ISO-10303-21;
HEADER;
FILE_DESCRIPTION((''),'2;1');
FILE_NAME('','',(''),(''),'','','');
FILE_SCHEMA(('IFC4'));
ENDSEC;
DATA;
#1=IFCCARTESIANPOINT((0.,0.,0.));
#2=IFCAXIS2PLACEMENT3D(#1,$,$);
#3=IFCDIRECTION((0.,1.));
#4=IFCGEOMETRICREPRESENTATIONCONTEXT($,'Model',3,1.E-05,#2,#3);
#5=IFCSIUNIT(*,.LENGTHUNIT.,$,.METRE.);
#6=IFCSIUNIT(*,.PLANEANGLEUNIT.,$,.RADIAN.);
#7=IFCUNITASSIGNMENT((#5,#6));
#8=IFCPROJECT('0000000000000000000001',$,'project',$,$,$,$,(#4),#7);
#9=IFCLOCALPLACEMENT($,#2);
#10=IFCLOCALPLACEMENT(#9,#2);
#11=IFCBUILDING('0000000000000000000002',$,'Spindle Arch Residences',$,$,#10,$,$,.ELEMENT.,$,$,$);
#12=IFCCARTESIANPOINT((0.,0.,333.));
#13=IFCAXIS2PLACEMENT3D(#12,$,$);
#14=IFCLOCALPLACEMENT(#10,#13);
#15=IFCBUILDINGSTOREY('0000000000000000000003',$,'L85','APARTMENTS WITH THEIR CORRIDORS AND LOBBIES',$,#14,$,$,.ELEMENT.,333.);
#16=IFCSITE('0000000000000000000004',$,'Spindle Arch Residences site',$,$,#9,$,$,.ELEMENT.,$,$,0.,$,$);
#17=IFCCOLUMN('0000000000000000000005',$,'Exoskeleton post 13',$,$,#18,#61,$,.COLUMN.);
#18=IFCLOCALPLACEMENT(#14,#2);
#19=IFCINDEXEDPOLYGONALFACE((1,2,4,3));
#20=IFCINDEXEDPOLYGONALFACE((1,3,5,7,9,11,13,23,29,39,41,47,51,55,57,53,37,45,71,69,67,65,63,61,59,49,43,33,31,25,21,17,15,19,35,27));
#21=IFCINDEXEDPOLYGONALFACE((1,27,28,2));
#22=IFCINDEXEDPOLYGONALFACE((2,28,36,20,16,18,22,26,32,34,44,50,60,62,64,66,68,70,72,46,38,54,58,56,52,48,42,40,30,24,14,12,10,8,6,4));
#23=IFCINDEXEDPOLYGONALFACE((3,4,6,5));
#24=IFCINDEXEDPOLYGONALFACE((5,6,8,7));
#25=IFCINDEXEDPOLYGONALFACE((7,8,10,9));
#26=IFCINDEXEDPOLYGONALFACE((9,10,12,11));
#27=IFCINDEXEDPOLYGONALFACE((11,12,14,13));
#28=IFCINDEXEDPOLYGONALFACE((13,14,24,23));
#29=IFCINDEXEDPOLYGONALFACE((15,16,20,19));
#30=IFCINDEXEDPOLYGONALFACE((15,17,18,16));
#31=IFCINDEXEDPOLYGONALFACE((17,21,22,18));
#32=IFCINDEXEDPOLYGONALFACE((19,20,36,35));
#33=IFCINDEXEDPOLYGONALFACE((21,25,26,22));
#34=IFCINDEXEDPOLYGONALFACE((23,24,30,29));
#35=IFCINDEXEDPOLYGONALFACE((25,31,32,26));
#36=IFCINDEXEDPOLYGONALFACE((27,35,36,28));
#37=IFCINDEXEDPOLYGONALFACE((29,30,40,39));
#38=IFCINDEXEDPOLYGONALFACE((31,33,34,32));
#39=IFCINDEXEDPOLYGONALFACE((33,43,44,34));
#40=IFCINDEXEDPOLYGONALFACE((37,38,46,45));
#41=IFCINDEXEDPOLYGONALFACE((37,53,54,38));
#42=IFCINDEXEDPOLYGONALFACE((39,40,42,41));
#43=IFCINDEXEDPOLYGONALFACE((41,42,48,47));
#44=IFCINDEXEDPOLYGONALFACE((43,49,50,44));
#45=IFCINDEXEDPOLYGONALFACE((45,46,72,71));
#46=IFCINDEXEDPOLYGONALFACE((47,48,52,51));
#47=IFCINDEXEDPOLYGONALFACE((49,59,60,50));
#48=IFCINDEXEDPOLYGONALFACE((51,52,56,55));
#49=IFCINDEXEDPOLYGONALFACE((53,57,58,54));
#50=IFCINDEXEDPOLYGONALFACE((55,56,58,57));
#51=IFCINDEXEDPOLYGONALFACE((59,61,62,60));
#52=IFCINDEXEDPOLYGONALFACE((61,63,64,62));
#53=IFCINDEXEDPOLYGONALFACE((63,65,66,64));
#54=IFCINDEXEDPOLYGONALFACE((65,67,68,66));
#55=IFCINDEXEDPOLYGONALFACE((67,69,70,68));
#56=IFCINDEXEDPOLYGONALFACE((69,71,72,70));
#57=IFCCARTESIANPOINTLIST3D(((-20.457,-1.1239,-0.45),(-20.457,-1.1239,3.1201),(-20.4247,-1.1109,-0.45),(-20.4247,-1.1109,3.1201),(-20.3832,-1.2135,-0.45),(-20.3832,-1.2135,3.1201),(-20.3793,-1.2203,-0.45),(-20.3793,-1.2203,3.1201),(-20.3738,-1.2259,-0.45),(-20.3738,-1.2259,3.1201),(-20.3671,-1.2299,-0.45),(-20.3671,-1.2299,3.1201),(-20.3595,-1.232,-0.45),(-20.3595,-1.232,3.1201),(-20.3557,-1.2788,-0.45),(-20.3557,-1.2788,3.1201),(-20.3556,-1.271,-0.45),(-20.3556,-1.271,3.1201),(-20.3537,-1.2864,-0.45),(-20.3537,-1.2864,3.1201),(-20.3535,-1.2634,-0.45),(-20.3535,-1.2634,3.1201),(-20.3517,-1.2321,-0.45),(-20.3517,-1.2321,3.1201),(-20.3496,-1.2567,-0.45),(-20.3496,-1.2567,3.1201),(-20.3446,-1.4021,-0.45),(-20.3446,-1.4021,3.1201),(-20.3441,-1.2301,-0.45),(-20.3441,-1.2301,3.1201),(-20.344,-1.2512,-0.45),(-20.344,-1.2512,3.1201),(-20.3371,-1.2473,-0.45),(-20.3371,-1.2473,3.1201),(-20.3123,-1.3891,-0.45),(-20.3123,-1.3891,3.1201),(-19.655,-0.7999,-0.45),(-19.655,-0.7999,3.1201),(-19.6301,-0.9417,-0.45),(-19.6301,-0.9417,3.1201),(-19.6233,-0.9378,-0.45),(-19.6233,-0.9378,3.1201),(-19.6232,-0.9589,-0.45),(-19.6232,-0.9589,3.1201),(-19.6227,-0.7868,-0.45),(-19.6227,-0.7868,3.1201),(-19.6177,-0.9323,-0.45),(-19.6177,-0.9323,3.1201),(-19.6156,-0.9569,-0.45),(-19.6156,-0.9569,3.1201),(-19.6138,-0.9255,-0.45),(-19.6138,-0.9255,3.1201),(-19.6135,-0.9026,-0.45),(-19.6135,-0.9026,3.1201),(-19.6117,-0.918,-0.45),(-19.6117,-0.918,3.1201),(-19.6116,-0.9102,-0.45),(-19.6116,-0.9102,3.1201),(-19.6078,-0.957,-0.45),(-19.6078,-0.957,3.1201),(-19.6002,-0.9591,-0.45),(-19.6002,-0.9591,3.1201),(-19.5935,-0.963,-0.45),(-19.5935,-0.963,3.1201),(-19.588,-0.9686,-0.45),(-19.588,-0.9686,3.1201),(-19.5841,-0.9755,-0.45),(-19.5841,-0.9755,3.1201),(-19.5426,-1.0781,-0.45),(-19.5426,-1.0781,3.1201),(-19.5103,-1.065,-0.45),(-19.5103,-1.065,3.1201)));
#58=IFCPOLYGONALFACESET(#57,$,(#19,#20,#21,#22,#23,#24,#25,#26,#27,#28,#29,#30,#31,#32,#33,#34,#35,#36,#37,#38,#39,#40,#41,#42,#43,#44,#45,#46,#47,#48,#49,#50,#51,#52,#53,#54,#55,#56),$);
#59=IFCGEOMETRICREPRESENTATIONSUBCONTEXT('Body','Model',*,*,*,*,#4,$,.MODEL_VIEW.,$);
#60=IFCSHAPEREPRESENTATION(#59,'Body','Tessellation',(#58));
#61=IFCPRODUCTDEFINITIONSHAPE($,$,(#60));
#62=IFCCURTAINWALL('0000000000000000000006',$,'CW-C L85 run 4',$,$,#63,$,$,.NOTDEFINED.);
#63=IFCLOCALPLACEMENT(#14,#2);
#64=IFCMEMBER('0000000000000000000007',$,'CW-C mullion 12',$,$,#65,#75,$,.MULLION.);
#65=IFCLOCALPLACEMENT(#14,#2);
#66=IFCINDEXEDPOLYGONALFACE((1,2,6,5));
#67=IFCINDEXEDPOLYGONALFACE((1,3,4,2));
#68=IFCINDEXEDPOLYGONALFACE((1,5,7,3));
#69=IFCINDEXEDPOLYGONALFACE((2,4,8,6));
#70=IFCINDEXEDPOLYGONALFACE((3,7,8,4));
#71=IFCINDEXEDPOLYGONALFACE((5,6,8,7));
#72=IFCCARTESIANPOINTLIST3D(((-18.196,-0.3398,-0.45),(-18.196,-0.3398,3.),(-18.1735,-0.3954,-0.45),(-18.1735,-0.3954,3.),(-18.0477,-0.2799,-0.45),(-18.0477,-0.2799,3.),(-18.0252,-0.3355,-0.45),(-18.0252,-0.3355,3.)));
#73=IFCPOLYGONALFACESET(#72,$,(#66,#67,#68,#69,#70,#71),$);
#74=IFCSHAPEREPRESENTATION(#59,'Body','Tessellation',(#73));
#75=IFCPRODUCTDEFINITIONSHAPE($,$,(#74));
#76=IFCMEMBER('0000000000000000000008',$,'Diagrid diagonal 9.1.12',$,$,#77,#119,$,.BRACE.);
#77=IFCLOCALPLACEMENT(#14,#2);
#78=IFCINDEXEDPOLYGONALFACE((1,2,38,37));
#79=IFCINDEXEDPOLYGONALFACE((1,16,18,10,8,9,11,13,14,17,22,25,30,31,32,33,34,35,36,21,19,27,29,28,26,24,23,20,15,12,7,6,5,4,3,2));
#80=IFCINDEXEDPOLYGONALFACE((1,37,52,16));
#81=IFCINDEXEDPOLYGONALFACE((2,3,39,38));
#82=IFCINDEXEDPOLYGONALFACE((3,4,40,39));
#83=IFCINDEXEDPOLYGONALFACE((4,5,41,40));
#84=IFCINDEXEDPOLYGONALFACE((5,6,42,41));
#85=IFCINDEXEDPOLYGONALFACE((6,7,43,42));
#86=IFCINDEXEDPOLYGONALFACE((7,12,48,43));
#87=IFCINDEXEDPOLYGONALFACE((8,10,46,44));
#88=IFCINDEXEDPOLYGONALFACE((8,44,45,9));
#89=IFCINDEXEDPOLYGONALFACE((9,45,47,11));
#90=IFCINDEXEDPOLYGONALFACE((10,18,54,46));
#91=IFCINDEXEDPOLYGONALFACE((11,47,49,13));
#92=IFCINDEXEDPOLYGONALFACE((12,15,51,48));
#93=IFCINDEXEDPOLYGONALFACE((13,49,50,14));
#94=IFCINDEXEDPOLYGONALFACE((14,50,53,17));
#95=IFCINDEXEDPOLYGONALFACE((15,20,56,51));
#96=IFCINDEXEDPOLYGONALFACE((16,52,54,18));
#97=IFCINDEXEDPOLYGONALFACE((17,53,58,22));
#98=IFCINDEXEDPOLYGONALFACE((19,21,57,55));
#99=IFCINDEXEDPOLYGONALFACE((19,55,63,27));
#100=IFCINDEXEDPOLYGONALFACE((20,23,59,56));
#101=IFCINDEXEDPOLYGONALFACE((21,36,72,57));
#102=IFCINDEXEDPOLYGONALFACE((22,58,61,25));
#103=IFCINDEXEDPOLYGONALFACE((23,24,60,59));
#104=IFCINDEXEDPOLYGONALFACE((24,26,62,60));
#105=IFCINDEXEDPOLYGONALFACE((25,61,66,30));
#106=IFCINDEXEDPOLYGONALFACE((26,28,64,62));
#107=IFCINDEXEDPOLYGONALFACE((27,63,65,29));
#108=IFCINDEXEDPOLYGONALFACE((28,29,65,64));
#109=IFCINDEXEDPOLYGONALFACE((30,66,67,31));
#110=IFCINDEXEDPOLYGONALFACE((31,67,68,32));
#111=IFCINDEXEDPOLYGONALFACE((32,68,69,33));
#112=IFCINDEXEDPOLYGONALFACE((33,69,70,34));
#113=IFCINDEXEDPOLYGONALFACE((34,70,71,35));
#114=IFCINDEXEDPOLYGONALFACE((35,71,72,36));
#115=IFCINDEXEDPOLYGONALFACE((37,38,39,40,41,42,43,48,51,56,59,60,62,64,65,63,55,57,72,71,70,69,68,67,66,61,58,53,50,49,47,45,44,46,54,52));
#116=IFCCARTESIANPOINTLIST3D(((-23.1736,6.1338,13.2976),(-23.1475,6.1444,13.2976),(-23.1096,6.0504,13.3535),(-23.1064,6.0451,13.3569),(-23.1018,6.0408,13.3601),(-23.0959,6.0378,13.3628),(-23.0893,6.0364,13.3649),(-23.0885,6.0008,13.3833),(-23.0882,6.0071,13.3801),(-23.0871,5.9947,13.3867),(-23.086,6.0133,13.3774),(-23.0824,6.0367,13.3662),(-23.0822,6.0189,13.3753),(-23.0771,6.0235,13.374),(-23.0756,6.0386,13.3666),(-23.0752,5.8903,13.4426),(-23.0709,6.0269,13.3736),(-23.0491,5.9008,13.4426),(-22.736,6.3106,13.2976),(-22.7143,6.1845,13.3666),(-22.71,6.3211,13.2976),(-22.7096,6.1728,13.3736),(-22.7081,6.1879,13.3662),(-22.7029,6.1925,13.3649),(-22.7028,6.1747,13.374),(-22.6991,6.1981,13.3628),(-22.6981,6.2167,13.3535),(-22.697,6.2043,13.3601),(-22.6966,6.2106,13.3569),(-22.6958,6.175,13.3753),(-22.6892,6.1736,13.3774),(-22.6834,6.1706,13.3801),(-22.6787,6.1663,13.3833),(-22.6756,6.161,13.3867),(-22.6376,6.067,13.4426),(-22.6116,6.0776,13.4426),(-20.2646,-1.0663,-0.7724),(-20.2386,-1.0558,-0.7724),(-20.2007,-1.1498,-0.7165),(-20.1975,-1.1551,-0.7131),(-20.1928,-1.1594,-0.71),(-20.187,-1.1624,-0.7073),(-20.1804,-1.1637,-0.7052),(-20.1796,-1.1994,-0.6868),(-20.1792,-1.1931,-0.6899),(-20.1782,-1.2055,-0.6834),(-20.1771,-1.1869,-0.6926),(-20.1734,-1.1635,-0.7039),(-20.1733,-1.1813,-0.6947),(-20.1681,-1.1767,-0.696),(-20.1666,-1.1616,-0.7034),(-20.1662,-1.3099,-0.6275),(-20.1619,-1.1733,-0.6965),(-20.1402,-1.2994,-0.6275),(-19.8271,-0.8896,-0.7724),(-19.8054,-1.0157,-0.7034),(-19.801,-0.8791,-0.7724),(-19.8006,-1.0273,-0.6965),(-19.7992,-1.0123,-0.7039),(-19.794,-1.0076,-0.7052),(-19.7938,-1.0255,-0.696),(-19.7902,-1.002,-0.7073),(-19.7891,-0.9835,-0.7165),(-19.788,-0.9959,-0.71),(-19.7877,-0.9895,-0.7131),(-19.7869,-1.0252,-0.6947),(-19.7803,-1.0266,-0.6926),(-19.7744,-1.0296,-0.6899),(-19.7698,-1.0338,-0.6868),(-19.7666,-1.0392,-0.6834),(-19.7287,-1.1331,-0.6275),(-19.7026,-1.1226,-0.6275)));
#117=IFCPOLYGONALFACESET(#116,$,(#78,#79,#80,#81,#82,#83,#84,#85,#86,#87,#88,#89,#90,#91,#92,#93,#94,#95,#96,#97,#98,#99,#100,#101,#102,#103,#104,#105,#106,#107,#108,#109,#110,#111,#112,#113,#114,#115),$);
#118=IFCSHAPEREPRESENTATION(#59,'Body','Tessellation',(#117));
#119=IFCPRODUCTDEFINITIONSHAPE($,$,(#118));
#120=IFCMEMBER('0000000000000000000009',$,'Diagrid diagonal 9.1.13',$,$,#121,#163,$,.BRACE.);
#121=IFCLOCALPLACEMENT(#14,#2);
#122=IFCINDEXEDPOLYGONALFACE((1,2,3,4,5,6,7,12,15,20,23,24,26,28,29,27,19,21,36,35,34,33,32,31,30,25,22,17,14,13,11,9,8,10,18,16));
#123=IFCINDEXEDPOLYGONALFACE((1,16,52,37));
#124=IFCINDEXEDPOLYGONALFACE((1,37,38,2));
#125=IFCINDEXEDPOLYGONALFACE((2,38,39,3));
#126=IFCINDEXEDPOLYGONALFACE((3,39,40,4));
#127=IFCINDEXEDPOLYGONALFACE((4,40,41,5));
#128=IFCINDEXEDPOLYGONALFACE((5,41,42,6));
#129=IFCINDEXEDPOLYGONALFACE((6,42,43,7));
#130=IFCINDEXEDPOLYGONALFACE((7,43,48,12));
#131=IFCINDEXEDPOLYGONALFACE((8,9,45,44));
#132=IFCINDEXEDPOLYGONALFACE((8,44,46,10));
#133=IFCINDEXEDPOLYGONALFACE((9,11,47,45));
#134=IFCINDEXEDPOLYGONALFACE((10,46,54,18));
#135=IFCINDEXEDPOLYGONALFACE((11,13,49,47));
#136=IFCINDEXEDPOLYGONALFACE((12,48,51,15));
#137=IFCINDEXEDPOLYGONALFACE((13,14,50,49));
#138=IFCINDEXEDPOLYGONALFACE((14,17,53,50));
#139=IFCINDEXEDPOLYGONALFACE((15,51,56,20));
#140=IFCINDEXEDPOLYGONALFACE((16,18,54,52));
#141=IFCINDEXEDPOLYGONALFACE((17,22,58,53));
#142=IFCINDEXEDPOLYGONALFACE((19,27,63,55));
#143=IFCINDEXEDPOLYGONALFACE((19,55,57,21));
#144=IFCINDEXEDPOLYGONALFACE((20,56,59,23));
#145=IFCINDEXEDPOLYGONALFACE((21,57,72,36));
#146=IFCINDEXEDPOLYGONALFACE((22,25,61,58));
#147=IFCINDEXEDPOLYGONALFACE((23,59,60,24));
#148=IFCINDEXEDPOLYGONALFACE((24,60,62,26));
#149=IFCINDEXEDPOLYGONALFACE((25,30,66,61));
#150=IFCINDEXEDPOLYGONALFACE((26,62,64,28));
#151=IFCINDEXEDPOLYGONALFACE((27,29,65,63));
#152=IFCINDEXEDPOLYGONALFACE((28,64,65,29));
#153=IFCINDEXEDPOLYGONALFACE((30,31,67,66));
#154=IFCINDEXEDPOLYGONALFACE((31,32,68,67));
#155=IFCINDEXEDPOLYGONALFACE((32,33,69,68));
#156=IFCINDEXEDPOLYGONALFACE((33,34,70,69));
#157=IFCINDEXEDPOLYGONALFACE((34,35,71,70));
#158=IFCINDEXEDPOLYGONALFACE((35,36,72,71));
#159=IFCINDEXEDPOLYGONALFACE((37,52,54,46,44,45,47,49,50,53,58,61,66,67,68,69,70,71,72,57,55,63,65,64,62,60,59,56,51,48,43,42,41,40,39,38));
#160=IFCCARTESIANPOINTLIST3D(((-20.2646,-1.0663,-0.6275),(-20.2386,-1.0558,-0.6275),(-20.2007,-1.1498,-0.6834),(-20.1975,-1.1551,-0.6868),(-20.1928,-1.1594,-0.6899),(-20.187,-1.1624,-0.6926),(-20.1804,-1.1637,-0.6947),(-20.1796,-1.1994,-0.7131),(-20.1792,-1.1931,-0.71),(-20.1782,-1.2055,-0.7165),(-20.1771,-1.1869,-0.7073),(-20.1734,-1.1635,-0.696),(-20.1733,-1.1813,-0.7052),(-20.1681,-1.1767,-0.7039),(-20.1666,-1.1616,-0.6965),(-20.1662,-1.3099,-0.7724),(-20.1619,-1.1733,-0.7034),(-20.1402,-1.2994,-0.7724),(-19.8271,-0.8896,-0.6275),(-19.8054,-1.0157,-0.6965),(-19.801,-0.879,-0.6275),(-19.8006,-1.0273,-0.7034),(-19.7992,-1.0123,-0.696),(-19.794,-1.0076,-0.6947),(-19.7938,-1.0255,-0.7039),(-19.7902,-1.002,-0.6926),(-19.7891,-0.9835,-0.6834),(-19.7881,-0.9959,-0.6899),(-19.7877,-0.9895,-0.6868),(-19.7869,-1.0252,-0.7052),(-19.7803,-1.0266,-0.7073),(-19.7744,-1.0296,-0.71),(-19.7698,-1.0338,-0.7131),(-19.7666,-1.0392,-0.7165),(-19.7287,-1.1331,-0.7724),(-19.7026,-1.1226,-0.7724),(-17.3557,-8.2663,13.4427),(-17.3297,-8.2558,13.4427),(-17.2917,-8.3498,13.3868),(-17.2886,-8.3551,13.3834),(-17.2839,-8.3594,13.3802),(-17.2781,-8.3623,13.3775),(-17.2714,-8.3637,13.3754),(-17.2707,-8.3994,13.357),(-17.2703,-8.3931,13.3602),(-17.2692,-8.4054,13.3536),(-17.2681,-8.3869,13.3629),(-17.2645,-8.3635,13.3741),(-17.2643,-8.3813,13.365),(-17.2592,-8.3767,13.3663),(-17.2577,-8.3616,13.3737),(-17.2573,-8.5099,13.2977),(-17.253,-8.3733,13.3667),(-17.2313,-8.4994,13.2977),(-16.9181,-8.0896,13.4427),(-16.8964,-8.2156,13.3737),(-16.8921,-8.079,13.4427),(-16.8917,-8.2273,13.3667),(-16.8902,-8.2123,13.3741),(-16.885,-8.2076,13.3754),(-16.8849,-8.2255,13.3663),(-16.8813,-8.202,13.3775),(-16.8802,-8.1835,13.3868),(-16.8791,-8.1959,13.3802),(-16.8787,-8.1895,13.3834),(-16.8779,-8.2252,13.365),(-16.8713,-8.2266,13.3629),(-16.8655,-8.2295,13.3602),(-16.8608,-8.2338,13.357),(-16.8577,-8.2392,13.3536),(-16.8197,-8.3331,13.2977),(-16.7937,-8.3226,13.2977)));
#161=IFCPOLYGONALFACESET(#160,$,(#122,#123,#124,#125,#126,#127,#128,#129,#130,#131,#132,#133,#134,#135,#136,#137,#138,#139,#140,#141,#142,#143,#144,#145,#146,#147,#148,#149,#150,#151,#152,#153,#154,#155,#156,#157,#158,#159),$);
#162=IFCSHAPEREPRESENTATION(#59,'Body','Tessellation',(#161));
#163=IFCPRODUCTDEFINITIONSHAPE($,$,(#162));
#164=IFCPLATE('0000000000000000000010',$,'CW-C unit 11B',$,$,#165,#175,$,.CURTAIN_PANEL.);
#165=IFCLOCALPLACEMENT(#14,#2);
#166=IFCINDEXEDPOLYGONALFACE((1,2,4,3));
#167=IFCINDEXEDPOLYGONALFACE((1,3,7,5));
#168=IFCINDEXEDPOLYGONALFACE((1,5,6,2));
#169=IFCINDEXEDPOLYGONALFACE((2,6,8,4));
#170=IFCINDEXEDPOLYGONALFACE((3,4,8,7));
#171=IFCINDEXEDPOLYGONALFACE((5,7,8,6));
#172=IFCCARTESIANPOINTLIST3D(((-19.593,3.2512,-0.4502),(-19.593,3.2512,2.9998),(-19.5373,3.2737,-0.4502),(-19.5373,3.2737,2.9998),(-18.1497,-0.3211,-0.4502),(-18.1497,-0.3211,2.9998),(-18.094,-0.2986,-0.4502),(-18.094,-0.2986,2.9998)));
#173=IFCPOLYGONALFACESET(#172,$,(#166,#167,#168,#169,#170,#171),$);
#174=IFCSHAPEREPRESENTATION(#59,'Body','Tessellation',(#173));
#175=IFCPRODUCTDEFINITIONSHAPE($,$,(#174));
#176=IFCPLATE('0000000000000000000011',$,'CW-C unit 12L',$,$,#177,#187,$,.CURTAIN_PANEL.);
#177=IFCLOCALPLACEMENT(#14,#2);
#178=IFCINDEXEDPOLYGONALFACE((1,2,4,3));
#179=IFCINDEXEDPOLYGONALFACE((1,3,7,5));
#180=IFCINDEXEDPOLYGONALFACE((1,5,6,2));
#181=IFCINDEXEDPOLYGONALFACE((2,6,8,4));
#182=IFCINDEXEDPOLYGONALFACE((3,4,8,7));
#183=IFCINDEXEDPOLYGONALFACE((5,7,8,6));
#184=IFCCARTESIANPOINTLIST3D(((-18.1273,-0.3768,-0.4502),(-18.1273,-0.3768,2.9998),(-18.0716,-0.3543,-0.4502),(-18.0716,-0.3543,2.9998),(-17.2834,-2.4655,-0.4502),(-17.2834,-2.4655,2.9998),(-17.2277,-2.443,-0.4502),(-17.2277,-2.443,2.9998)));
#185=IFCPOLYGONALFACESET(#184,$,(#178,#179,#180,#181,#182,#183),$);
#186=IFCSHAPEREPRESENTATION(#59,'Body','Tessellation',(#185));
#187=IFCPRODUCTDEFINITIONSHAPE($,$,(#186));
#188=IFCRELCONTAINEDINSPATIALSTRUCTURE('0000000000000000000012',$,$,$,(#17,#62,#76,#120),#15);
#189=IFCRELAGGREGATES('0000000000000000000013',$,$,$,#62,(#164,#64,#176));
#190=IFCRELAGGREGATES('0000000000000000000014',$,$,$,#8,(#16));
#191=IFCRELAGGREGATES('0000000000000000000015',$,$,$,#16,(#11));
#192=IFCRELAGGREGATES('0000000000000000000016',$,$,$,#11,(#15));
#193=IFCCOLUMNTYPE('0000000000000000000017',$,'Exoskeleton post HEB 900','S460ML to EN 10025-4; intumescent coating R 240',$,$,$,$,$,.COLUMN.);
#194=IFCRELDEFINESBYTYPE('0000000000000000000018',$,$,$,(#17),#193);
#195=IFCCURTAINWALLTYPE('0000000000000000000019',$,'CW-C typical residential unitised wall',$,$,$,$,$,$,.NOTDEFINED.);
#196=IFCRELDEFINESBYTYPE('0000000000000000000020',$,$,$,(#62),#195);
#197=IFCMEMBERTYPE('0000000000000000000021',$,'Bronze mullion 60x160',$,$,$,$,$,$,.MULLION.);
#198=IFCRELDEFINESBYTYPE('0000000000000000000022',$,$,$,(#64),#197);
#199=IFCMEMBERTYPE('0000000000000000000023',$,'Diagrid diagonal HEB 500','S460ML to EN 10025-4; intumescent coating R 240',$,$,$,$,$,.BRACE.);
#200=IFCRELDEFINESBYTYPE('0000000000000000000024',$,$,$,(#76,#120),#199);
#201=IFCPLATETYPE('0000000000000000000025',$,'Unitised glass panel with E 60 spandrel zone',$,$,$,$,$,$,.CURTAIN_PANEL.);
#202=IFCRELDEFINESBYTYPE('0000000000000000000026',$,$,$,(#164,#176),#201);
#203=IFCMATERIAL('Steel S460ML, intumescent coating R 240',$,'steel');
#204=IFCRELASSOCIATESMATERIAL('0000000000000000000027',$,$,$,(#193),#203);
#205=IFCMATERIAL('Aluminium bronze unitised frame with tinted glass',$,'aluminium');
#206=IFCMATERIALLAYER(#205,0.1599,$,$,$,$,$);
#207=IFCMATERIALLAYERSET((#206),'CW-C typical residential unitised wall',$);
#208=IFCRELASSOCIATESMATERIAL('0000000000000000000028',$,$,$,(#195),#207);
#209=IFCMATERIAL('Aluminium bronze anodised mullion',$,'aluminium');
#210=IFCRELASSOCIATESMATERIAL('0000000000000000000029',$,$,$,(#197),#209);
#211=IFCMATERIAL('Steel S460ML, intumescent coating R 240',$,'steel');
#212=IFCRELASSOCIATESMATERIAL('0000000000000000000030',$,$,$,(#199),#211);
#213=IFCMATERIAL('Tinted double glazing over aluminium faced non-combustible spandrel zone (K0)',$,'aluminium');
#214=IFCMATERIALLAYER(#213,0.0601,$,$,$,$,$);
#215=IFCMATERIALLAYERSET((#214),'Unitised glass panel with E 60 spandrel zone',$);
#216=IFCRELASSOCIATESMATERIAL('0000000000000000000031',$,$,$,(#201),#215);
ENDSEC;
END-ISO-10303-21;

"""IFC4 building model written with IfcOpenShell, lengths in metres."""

from ifc_helpers import new_model, si_unit, direction, frame, origin, origin_2d, place, context, subcontext, project, spatial, rectangle, i_section, extrude, material, layer, layer_set, material_profile, profile_set, type_object, element, aggregate, save


model = new_model("IFC4")

# Units and contexts
model_context = context("Model", 3, precision=1e-05, world=origin(), true_north=direction((0.0, 1.0)))
body_context = subcontext(model_context, "Body", "Model", "MODEL_VIEW")
ifc_project = project(units=[si_unit("LENGTHUNIT", "METRE"), si_unit("PLANEANGLEUNIT", "RADIAN")], contexts=[model_context])

# Site, building, storey
site_placement = place(None, origin())
site = spatial("IfcSite", under=ifc_project, at=site_placement, Name="Spindle Arch Residences site", CompositionType="ELEMENT", RefElevation=0.0)
building_placement = place(site_placement, origin())
building = spatial("IfcBuilding", under=site, at=building_placement, Name="Spindle Arch Residences", CompositionType="ELEMENT")
storey_placement = place(building_placement, frame((0.0, 0.0, 333.0)))
storey = spatial("IfcBuildingStorey", under=building, at=storey_placement, Name="L85", Description="APARTMENTS WITH THEIR CORRIDORS AND LOBBIES", CompositionType="ELEMENT", Elevation=333.0)

# Column
ifc_material_1 = material(Name="Steel S460ML, intumescent coating R 240", Category="steel")
ifc_material_profile_1 = material_profile(ifc_material_1, i_section(OverallWidth=0.3, OverallDepth=0.8999, WebThickness=0.0186, FlangeThickness=0.0349, FilletRadius=0.03, at=origin_2d()), Name="HEB 900")
ifc_profile_set_1 = profile_set([ifc_material_profile_1], Name="Steel S460ML, intumescent coating R 240")
column_type = type_object("IfcColumnType", Name="Exoskeleton post HEB 900", Description="S460ML to EN 10025-4; intumescent coating R 240", PredefinedType="COLUMN", material=ifc_profile_set_1)
column_placement = place(storey_placement, frame((-19.9836, -1.0945, -0.45), z_axis=(0.0, 0.0, 1.0), x_axis=(-0.374607, 0.927184, 0.0)))
element("IfcColumn", 1, at=column_placement, inside=storey, type_object=column_type, Name="Exoskeleton post 13", PredefinedType="COLUMN", context=body_context, shape_type="SweptSolid", body=[
    extrude(i_section(OverallWidth=0.3, OverallDepth=0.8999, WebThickness=0.0186, FlangeThickness=0.0349, FilletRadius=0.03, at=origin_2d()), origin(), (0.0, 0.0, 1.0), 3.5701),
])

# Curtain wall, member
ifc_material_2 = material(Name="Aluminium bronze unitised frame with tinted glass", Category="aluminium")
ifc_layer_1 = layer(ifc_material_2, 0.1599)
ifc_layer_set_1 = layer_set([ifc_layer_1], Name="CW-C typical residential unitised wall")
curtain_wall_type = type_object("IfcCurtainWallType", Name="CW-C typical residential unitised wall", PredefinedType="NOTDEFINED", material=ifc_layer_set_1)
curtain_wall_placement = place(storey_placement, origin())
curtain_wall = element("IfcCurtainWall", 2, at=curtain_wall_placement, inside=storey, type_object=curtain_wall_type, Name="CW-C L85 run 4", PredefinedType="NOTDEFINED")
ifc_material_3 = material(Name="Aluminium bronze anodised mullion", Category="aluminium")
ifc_material_profile_2 = material_profile(ifc_material_3, rectangle(XDim=0.1599, YDim=0.0601, at=origin_2d()), Name="MU 60x160")
ifc_profile_set_2 = profile_set([ifc_material_profile_2], Name="Aluminium bronze anodised mullion")
member_type_1 = type_object("IfcMemberType", Name="Bronze mullion 60x160", PredefinedType="MULLION", material=ifc_profile_set_2)
member_placement = place(storey_placement, frame((-18.1106, -0.3376, -0.45), z_axis=(0.0, 0.0, 1.0), x_axis=(0.927184, 0.374607, 0.0)))
member = element("IfcMember", 3, at=member_placement, type_object=member_type_1, Name="CW-C mullion 12", PredefinedType="MULLION", context=body_context, shape_type="SweptSolid", body=[
    extrude(rectangle(XDim=0.1599, YDim=0.0601, at=origin_2d()), origin(), (0.0, 0.0, 1.0), 3.45),
])

# Members
ifc_material_4 = material(Name="Steel S460ML, intumescent coating R 240", Category="steel")
ifc_material_profile_3 = material_profile(ifc_material_4, i_section(OverallWidth=0.3, OverallDepth=0.5, WebThickness=0.0144, FlangeThickness=0.0281, FilletRadius=0.0271, at=origin_2d()), Name="HEB 500")
ifc_profile_set_3 = profile_set([ifc_material_profile_3], Name="Steel S460ML, intumescent coating R 240")
member_type_2 = type_object("IfcMemberType", Name="Diagrid diagonal HEB 500", Description="S460ML to EN 10025-4; intumescent coating R 240", PredefinedType="BRACE", material=ifc_profile_set_3)
for number, where, z_axis, x_axis, name in (
    (4, (-19.9836, -1.0945, -0.7), (-0.181007, 0.448029, 0.875504), (0.327957, -0.811758, 0.483212), "Diagrid diagonal 9.1.12"),
    (5, (-19.9836, -1.0945, -0.7), (0.181008, -0.448017, 0.87551), (-0.327968, 0.81176, 0.483201), "Diagrid diagonal 9.1.13"),
):
    element("IfcMember", number, at=place(storey_placement, frame(where, z_axis=z_axis, x_axis=x_axis)), inside=storey, type_object=member_type_2, Name=name, PredefinedType="BRACE", context=body_context, shape_type="SweptSolid", body=[
        extrude(i_section(OverallWidth=0.3, OverallDepth=0.5, WebThickness=0.0144, FlangeThickness=0.0281, FilletRadius=0.0271, at=origin_2d()), origin(), (0.0, 0.0, 1.0), 16.0708),
    ])

# Plates
ifc_material_5 = material(Name="Tinted double glazing over aluminium faced non-combustible spandrel zone (K0)", Category="aluminium")
ifc_layer_2 = layer(ifc_material_5, 0.0601)
ifc_layer_set_2 = layer_set([ifc_layer_2], Name="Unitised glass panel with E 60 spandrel zone")
plate_type = type_object("IfcPlateType", Name="Unitised glass panel with E 60 spandrel zone", PredefinedType="CURTAIN_PANEL", material=ifc_layer_set_2)
plate_1_placement = place(storey_placement, frame((-18.8435, 1.4763, -0.4502), z_axis=(0.0, 0.0, 1.0), x_axis=(0.374607, -0.927184, 0.0)))
plate_1 = element("IfcPlate", 6, at=plate_1_placement, type_object=plate_type, Name="CW-C unit 11B", PredefinedType="CURTAIN_PANEL", context=body_context, shape_type="SweptSolid", body=[
    extrude(rectangle(XDim=3.8528, YDim=0.0601, at=origin_2d()), origin(), (0.0, 0.0, 1.0), 3.45),
])
plate_2_placement = place(storey_placement, frame((-17.6775, -1.4099, -0.4502), z_axis=(0.0, 0.0, 1.0), x_axis=(0.374607, -0.927184, 0.0)))
plate_2 = element("IfcPlate", 7, at=plate_2_placement, type_object=plate_type, Name="CW-C unit 12L", PredefinedType="CURTAIN_PANEL", context=body_context, shape_type="SweptSolid", body=[
    extrude(rectangle(XDim=2.2527, YDim=0.0601, at=origin_2d()), origin(), (0.0, 0.0, 1.0), 3.45),
])
aggregate(curtain_wall, [plate_1, member, plate_2])

save(model, "model.ifc")
